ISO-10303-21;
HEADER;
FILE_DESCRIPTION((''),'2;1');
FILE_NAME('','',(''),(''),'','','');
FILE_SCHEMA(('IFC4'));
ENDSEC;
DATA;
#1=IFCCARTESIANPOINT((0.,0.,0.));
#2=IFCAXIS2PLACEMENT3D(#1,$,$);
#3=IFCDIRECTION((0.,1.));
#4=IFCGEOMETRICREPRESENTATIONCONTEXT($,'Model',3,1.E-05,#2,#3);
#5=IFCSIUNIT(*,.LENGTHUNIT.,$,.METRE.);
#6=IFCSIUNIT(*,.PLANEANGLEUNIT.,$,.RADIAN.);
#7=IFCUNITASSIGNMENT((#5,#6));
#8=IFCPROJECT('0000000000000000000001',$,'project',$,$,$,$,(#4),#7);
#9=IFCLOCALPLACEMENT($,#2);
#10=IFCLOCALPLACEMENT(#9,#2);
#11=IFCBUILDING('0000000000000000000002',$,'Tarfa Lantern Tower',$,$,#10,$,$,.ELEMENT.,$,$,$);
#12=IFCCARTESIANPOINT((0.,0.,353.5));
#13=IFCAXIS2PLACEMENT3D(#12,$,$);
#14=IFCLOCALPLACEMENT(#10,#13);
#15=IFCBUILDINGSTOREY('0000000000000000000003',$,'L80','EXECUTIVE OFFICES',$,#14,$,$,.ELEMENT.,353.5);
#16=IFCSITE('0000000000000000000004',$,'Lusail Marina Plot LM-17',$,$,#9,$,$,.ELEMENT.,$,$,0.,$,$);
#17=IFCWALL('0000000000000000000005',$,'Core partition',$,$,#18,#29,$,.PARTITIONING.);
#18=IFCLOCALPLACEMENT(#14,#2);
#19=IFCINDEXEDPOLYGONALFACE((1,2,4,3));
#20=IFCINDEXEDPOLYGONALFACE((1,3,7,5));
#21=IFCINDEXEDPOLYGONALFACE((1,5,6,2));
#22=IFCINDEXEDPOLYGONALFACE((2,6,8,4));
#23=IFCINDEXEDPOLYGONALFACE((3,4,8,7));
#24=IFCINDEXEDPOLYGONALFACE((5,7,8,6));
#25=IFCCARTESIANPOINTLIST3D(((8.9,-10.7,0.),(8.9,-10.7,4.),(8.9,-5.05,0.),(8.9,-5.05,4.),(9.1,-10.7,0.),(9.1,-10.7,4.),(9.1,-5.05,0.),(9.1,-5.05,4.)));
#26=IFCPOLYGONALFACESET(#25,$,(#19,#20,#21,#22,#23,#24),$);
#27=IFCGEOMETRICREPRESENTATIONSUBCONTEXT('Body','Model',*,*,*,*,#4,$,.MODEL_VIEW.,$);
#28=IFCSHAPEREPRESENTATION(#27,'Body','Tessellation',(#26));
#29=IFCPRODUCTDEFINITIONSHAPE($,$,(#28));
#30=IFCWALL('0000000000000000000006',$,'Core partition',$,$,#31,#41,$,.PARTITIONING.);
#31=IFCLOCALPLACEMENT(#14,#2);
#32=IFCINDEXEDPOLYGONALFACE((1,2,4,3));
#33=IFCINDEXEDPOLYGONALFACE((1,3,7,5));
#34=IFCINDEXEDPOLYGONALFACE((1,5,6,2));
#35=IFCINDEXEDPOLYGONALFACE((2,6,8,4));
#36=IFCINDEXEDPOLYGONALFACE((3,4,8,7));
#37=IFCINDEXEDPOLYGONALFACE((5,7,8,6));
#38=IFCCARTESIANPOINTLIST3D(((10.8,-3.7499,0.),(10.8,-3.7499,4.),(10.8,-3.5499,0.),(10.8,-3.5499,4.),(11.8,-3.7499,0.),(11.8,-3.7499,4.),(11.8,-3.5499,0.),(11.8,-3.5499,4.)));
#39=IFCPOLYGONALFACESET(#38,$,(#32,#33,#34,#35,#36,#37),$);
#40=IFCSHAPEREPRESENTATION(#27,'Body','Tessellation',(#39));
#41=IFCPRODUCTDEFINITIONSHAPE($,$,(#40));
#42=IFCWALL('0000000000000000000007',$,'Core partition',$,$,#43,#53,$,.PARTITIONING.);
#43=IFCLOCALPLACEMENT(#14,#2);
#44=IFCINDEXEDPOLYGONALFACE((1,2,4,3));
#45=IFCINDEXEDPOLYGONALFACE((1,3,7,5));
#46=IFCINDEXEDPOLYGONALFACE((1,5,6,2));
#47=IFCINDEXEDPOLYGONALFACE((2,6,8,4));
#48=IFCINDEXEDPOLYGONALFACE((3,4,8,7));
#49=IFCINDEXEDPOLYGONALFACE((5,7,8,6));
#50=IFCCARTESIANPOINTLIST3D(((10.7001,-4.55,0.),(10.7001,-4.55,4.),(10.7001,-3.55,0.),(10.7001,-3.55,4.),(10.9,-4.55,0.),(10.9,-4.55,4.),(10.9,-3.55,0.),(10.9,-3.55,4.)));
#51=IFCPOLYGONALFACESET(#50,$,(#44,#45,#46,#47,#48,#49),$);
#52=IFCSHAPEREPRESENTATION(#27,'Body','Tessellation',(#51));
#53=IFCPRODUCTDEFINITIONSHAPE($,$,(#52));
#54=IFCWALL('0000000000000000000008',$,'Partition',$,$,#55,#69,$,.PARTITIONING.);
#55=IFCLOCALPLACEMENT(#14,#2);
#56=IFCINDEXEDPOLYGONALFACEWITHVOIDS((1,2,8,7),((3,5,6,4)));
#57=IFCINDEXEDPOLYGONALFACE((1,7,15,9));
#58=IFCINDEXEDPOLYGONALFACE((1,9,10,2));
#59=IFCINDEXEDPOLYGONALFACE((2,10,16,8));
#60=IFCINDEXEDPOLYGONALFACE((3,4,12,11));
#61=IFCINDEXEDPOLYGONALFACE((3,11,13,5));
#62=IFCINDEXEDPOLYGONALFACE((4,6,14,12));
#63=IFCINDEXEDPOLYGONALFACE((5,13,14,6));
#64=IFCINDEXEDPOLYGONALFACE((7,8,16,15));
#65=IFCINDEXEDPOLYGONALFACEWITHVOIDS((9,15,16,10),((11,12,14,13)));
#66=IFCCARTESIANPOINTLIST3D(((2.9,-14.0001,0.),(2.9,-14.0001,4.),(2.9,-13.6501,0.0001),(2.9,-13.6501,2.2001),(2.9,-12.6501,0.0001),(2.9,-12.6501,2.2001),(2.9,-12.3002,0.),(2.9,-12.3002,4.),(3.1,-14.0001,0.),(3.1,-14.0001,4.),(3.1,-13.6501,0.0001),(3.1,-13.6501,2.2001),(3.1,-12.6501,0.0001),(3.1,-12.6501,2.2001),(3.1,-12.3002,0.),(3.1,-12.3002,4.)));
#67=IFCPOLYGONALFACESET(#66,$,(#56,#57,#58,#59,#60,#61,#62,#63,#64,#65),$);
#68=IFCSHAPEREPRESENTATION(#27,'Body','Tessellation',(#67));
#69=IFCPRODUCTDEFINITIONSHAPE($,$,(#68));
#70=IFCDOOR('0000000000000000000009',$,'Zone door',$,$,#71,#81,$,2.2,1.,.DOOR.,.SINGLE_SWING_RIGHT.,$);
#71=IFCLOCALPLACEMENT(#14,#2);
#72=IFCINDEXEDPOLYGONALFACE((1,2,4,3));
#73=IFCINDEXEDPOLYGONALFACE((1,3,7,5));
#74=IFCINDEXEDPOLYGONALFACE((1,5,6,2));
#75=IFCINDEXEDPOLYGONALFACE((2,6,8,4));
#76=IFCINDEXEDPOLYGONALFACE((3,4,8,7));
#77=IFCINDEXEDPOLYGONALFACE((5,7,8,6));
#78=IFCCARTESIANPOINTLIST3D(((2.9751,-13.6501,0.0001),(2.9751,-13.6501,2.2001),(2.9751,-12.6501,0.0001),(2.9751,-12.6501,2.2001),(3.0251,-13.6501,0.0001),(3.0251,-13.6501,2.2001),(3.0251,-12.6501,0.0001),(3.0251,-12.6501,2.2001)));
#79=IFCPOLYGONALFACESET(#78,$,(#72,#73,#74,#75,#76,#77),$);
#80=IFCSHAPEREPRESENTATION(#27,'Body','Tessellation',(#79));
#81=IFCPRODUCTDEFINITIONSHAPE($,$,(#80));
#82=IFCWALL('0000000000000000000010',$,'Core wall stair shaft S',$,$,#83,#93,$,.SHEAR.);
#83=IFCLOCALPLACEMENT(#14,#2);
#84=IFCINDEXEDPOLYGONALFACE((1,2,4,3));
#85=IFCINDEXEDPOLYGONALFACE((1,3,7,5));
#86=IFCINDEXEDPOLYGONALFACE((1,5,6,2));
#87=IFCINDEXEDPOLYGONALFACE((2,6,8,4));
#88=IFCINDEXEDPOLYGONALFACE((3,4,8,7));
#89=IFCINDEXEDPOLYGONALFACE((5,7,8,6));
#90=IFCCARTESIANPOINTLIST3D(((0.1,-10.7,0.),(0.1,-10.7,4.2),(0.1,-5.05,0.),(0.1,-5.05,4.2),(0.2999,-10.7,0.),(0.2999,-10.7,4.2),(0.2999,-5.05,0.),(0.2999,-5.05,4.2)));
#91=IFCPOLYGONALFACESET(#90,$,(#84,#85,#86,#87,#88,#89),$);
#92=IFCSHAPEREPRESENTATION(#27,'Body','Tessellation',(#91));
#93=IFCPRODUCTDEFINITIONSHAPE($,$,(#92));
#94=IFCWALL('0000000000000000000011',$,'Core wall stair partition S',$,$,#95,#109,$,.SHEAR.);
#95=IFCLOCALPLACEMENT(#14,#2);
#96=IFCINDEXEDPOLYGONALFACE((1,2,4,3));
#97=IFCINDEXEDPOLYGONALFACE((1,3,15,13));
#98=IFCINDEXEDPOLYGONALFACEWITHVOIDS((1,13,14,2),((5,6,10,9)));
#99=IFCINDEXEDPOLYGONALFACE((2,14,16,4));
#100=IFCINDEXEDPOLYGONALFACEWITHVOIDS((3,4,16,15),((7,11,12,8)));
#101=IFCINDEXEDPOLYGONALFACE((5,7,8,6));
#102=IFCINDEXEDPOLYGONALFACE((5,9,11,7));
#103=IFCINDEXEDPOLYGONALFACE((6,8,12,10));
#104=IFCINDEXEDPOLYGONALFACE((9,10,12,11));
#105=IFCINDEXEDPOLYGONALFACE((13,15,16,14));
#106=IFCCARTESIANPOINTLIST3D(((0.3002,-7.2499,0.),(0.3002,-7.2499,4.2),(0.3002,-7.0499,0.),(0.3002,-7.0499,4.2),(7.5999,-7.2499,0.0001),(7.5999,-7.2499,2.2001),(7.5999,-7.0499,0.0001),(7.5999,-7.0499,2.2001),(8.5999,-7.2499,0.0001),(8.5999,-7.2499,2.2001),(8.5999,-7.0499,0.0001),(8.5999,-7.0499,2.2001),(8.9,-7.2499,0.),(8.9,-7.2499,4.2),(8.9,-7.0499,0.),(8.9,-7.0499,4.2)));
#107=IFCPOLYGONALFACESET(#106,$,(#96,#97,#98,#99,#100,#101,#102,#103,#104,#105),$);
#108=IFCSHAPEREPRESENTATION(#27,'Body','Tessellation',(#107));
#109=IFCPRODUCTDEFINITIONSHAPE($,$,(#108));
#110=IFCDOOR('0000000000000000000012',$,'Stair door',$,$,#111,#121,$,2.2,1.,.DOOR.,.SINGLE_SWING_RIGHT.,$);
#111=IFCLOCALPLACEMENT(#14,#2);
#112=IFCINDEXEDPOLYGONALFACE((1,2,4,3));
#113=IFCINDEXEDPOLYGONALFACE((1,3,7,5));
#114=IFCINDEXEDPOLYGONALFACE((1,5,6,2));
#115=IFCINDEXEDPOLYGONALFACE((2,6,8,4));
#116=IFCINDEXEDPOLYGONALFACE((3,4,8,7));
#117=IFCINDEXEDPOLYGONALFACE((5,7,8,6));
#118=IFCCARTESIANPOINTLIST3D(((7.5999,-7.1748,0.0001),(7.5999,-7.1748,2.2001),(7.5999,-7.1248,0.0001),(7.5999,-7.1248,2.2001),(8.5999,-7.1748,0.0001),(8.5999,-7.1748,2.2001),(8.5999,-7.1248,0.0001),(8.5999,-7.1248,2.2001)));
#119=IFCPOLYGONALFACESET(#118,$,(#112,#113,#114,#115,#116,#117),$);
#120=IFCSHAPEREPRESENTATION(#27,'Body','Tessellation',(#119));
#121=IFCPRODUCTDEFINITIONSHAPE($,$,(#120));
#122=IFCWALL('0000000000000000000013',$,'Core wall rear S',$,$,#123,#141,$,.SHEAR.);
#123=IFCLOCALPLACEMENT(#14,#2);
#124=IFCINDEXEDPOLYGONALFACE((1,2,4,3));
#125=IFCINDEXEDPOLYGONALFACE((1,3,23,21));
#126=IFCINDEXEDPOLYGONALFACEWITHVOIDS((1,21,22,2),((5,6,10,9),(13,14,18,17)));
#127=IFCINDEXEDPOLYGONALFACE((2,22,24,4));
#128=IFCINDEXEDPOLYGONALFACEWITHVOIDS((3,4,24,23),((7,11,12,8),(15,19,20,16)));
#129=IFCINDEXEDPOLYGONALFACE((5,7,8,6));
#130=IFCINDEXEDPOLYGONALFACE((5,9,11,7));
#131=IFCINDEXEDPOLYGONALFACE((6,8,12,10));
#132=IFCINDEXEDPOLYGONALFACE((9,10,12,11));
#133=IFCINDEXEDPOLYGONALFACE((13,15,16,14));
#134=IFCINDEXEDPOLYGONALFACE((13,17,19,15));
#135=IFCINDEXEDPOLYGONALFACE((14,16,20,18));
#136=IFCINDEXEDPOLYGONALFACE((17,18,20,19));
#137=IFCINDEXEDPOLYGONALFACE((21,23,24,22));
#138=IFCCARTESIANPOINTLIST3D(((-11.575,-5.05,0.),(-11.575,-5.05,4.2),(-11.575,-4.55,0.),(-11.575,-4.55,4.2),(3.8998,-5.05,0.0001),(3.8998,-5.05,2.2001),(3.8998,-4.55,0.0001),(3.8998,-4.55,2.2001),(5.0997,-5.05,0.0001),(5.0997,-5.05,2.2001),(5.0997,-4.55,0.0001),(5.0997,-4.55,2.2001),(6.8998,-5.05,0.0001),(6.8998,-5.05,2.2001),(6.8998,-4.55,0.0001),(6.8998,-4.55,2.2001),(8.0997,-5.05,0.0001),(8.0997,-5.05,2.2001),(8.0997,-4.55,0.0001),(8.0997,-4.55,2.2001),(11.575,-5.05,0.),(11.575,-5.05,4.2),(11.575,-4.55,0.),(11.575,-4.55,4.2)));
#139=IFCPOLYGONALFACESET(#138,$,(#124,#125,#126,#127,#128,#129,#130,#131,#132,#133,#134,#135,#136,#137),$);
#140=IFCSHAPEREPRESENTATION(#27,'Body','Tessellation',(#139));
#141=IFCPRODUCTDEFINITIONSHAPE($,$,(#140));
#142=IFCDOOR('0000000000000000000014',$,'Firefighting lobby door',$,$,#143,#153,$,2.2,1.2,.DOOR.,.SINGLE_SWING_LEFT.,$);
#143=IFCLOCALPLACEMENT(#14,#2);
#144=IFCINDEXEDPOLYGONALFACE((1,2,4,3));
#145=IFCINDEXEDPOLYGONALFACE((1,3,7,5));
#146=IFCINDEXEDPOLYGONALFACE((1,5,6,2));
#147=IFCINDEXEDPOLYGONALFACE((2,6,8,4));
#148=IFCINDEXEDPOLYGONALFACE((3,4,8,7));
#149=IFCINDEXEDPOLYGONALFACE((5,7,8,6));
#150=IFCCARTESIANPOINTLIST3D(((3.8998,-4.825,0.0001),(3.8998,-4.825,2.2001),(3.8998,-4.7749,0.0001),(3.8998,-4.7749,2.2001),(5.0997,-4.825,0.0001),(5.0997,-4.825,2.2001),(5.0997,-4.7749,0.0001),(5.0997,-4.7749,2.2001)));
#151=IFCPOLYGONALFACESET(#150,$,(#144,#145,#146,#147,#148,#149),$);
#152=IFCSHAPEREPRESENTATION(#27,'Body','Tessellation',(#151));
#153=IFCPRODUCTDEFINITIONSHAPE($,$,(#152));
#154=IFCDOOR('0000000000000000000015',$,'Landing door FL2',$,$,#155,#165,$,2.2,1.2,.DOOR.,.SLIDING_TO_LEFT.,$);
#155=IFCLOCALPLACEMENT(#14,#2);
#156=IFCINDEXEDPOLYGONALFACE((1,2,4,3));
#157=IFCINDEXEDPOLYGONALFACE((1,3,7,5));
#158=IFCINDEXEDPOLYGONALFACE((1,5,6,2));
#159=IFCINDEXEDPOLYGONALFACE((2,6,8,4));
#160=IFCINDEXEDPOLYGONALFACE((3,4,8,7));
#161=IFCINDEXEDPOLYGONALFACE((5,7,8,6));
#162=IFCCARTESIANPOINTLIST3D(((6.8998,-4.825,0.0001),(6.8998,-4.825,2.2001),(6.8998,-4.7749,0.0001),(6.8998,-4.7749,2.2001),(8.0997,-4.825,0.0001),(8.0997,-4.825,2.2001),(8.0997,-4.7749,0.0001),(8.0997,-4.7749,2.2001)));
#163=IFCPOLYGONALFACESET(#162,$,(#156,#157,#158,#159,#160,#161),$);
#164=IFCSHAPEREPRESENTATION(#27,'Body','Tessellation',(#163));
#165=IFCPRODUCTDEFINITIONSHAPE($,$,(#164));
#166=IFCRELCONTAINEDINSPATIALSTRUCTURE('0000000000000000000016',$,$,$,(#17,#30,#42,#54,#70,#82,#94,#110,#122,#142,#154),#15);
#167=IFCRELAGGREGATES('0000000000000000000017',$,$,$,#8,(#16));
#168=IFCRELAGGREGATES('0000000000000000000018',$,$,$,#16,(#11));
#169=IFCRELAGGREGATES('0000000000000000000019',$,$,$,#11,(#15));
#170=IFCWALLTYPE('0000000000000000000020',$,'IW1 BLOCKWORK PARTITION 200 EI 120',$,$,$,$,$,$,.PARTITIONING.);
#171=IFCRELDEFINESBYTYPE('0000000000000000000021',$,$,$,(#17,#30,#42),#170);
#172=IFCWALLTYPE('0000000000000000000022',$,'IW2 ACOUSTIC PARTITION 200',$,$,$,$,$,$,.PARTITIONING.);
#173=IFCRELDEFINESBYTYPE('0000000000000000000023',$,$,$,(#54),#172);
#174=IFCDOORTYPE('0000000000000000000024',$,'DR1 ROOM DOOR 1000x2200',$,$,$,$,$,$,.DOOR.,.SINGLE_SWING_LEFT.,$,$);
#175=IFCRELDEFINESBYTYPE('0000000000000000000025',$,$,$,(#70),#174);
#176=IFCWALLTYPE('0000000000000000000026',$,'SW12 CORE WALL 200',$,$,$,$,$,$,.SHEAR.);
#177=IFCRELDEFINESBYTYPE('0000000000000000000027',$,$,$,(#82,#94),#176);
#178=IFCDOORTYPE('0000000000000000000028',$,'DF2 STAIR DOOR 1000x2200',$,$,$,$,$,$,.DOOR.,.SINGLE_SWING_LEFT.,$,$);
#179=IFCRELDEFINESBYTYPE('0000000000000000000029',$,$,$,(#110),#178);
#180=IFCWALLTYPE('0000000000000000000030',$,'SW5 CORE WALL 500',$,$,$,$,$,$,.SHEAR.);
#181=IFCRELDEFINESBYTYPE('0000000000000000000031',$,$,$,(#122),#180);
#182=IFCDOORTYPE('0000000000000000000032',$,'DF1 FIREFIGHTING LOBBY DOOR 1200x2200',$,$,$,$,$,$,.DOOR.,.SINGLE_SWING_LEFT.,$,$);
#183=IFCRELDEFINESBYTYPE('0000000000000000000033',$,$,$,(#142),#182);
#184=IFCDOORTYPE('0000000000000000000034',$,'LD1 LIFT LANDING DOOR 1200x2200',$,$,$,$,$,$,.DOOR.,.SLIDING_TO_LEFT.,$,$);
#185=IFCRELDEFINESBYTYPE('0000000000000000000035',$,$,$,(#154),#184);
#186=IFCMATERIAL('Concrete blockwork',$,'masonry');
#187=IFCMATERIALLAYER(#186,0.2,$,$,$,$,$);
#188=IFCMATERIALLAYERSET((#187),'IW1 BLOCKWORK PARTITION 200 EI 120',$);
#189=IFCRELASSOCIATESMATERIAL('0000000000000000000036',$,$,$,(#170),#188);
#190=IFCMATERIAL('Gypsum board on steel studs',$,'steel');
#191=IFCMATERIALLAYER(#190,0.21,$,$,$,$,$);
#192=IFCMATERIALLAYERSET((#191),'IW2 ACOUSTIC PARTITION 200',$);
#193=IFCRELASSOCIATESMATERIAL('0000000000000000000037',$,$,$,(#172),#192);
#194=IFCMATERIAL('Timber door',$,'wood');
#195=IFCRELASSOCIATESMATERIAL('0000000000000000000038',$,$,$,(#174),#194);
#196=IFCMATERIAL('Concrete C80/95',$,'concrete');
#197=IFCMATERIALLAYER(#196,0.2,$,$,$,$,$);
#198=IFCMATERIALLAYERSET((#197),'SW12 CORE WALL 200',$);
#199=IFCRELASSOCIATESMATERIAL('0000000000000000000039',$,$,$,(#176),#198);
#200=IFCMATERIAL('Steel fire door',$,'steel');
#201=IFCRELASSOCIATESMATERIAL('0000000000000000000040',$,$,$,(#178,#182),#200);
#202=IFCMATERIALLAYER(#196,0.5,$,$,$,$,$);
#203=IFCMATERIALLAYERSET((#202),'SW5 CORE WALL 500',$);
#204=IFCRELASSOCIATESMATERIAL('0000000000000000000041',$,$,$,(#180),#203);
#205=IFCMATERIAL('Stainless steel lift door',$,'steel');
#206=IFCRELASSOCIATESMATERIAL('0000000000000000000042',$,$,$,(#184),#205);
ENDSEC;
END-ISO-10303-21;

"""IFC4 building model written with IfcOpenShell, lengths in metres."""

from ifc_helpers import new_model, si_unit, direction, frame, frame_2d, origin, place, context, subcontext, project, spatial, rectangle, extrude, material, layer, layer_set, type_object, element, fill, save


model = new_model("IFC4")

# Units and contexts
model_context = context("Model", 3, precision=1e-05, world=origin(), true_north=direction((0.0, 1.0)))
body_context = subcontext(model_context, "Body", "Model", "MODEL_VIEW")
ifc_project = project(units=[si_unit("LENGTHUNIT", "METRE"), si_unit("PLANEANGLEUNIT", "RADIAN")], contexts=[model_context])

# Site, building, storey
site_placement = place(None, origin())
site = spatial("IfcSite", under=ifc_project, at=site_placement, Name="Lusail Marina Plot LM-17", CompositionType="ELEMENT", RefElevation=0.0)
building_placement = place(site_placement, origin())
building = spatial("IfcBuilding", under=site, at=building_placement, Name="Tarfa Lantern Tower", CompositionType="ELEMENT")
storey_placement = place(building_placement, frame((0.0, 0.0, 353.5)))
storey = spatial("IfcBuildingStorey", under=building, at=storey_placement, Name="L80", Description="EXECUTIVE OFFICES", CompositionType="ELEMENT", Elevation=353.5)

# Walls
ifc_material_1 = material(Name="Concrete blockwork", Category="masonry")
ifc_layer_1 = layer(ifc_material_1, 0.2)
ifc_layer_set_1 = layer_set([ifc_layer_1], Name="IW1 BLOCKWORK PARTITION 200 EI 120")
wall_type_1 = type_object("IfcWallType", Name="IW1 BLOCKWORK PARTITION 200 EI 120", PredefinedType="PARTITIONING", material=ifc_layer_set_1)
wall_1_placement = place(storey_placement, frame((9.0, -5.05, 0.0), z_axis=(0.0, 0.0, 1.0), x_axis=(0.0, -1.0, 0.0)))
element("IfcWall", 1, at=wall_1_placement, inside=storey, type_object=wall_type_1, Name="Core partition", PredefinedType="PARTITIONING", context=body_context, shape_type="SweptSolid", body=[
    extrude(rectangle(XDim=5.6499, YDim=0.2, at=frame_2d((2.825, 0.0))), origin(), (0.0, 0.0, 1.0), 4.0),
])
for number, where, z_axis, x_axis, name in (
    (2, (11.8, -3.6499, 0.0), (0.0, 0.0, 1.0), (-1.0, 0.0, 0.0), "Core partition"),
    (3, (10.8, -3.55, 0.0), (0.0, 0.0, 1.0), (0.0, -1.0, 0.0), "Core partition"),
):
    element("IfcWall", number, at=place(storey_placement, frame(where, z_axis=z_axis, x_axis=x_axis)), inside=storey, type_object=wall_type_1, Name=name, PredefinedType="PARTITIONING", context=body_context, shape_type="SweptSolid", body=[
        extrude(rectangle(XDim=1.0, YDim=0.2, at=frame_2d((0.5, 0.0))), origin(), (0.0, 0.0, 1.0), 4.0),
    ])

# Wall, opening, door
ifc_material_2 = material(Name="Gypsum board on steel studs", Category="steel")
ifc_layer_2 = layer(ifc_material_2, 0.21)
ifc_layer_set_2 = layer_set([ifc_layer_2], Name="IW2 ACOUSTIC PARTITION 200")
wall_type_2 = type_object("IfcWallType", Name="IW2 ACOUSTIC PARTITION 200", PredefinedType="PARTITIONING", material=ifc_layer_set_2)
wall_2_placement = place(storey_placement, frame((3.0, -12.3, 0.0), z_axis=(0.0, 0.0, 1.0), x_axis=(0.0, -1.0, 0.0)))
wall_2 = element("IfcWall", 4, at=wall_2_placement, inside=storey, type_object=wall_type_2, Name="Partition", PredefinedType="PARTITIONING", context=body_context, shape_type="SweptSolid", body=[
    extrude(rectangle(XDim=1.7, YDim=0.2, at=frame_2d((0.8501, 0.0))), origin(), (0.0, 0.0, 1.0), 4.0),
])
opening_1_placement = place(wall_2_placement, frame((0.3501, 0.0, 0.0)))
opening_1 = element("IfcOpeningElement", 5, at=opening_1_placement, cuts=wall_2, PredefinedType="OPENING", context=body_context, shape_type="SweptSolid", body=[
    extrude(rectangle(XDim=1.0, YDim=2.2, at=frame_2d((0.5, 1.1001))), frame((0.0, 0.1099, 0.0), z_axis=(0.0, -1.0, 0.0), x_axis=(1.0, 0.0, 0.0)), (0.0, 0.0, 1.0), 0.22),
])
ifc_material_3 = material(Name="Timber door", Category="wood")
door_type_1 = type_object("IfcDoorType", Name="DR1 ROOM DOOR 1000x2200", OperationType="SINGLE_SWING_LEFT", PredefinedType="DOOR", material=ifc_material_3)
door_1_placement = place(opening_1_placement, frame((1.0, 0.0, 0.0), z_axis=(0.0, 0.0, 1.0), x_axis=(-1.0, 0.0, 0.0)))
door_1 = element("IfcDoor", 6, at=door_1_placement, inside=storey, type_object=door_type_1, Name="Zone door", OperationType="SINGLE_SWING_RIGHT", OverallHeight=2.2, OverallWidth=1.0, PredefinedType="DOOR", context=body_context, shape_type="SweptSolid", body=[
    extrude(rectangle(XDim=1.0, YDim=2.2, at=frame_2d((0.5, 1.1001))), frame((0.0, 0.0249, 0.0), z_axis=(0.0, -1.0, 0.0), x_axis=(1.0, 0.0, 0.0)), (0.0, 0.0, 1.0), 0.05),
])
fill(opening_1, door_1)

# Wall
ifc_material_4 = material(Name="Concrete C80/95", Category="concrete")
ifc_layer_3 = layer(ifc_material_4, 0.2)
ifc_layer_set_3 = layer_set([ifc_layer_3], Name="SW12 CORE WALL 200")
wall_type_3 = type_object("IfcWallType", Name="SW12 CORE WALL 200", PredefinedType="SHEAR", material=ifc_layer_set_3)
wall_3_placement = place(storey_placement, frame((0.2, -5.05, 0.0), z_axis=(0.0, 0.0, 1.0), x_axis=(0.0, -1.0, 0.0)))
element("IfcWall", 7, at=wall_3_placement, inside=storey, type_object=wall_type_3, Name="Core wall stair shaft S", PredefinedType="SHEAR", context=body_context, shape_type="SweptSolid", body=[
    extrude(rectangle(XDim=5.6499, YDim=0.2, at=frame_2d((2.825, 0.0))), origin(), (0.0, 0.0, 1.0), 4.2),
])

# Wall, opening, door
wall_4_placement = place(storey_placement, frame((8.8999, -7.1499, 0.0), z_axis=(0.0, 0.0, 1.0), x_axis=(-1.0, 0.0, 0.0)))
wall_4 = element("IfcWall", 8, at=wall_4_placement, inside=storey, type_object=wall_type_3, Name="Core wall stair partition S", PredefinedType="SHEAR", context=body_context, shape_type="SweptSolid", body=[
    extrude(rectangle(XDim=8.5999, YDim=0.2, at=frame_2d((4.2998, 0.0))), origin(), (0.0, 0.0, 1.0), 4.2),
])
opening_2_placement = place(wall_4_placement, frame((0.3, 0.0, 0.0)))
opening_2 = element("IfcOpeningElement", 9, at=opening_2_placement, cuts=wall_4, PredefinedType="OPENING", context=body_context, shape_type="SweptSolid", body=[
    extrude(rectangle(XDim=1.0, YDim=2.2, at=frame_2d((0.5, 1.1001))), frame((0.0, 0.1099, 0.0), z_axis=(0.0, -1.0, 0.0), x_axis=(1.0, 0.0, 0.0)), (0.0, 0.0, 1.0), 0.22),
])
ifc_material_5 = material(Name="Steel fire door", Category="steel")
door_type_2 = type_object("IfcDoorType", Name="DF2 STAIR DOOR 1000x2200", OperationType="SINGLE_SWING_LEFT", PredefinedType="DOOR", material=ifc_material_5)
door_2_placement = place(opening_2_placement, origin())
door_2 = element("IfcDoor", 10, at=door_2_placement, inside=storey, type_object=door_type_2, Name="Stair door", OperationType="SINGLE_SWING_RIGHT", OverallHeight=2.2, OverallWidth=1.0, PredefinedType="DOOR", context=body_context, shape_type="SweptSolid", body=[
    extrude(rectangle(XDim=1.0, YDim=2.2, at=frame_2d((0.5, 1.1001))), frame((0.0, 0.0249, 0.0), z_axis=(0.0, -1.0, 0.0), x_axis=(1.0, 0.0, 0.0)), (0.0, 0.0, 1.0), 0.05),
])
fill(opening_2, door_2)

# Wall, openings, doors
ifc_layer_4 = layer(ifc_material_4, 0.5)
ifc_layer_set_4 = layer_set([ifc_layer_4], Name="SW5 CORE WALL 500")
wall_type_4 = type_object("IfcWallType", Name="SW5 CORE WALL 500", PredefinedType="SHEAR", material=ifc_layer_set_4)
wall_5_placement = place(storey_placement, frame((11.575, -4.8, 0.0), z_axis=(0.0, 0.0, 1.0), x_axis=(-1.0, 0.0, 0.0)))
wall_5 = element("IfcWall", 11, at=wall_5_placement, inside=storey, type_object=wall_type_4, Name="Core wall rear S", PredefinedType="SHEAR", context=body_context, shape_type="SweptSolid", body=[
    extrude(rectangle(XDim=23.1499, YDim=0.5, at=frame_2d((11.575, 0.0))), origin(), (0.0, 0.0, 1.0), 4.2),
])
opening_3_placement = place(wall_5_placement, frame((6.4751, 0.0, 0.0)))
opening_3 = element("IfcOpeningElement", 12, at=opening_3_placement, cuts=wall_5, PredefinedType="OPENING", context=body_context, shape_type="SweptSolid", body=[
    extrude(rectangle(XDim=1.2, YDim=2.2, at=frame_2d((0.6001, 1.1001))), frame((0.0, 0.26, 0.0), z_axis=(0.0, -1.0, 0.0), x_axis=(1.0, 0.0, 0.0)), (0.0, 0.0, 1.0), 0.52),
])
opening_4_placement = place(wall_5_placement, frame((3.4751, 0.0, 0.0)))
opening_4 = element("IfcOpeningElement", 13, at=opening_4_placement, cuts=wall_5, PredefinedType="OPENING", context=body_context, shape_type="SweptSolid", body=[
    extrude(rectangle(XDim=1.2, YDim=2.2, at=frame_2d((0.6001, 1.1001))), frame((0.0, 0.26, 0.0), z_axis=(0.0, -1.0, 0.0), x_axis=(1.0, 0.0, 0.0)), (0.0, 0.0, 1.0), 0.52),
])
door_type_3 = type_object("IfcDoorType", Name="DF1 FIREFIGHTING LOBBY DOOR 1200x2200", OperationType="SINGLE_SWING_LEFT", PredefinedType="DOOR", material=ifc_material_5)
door_3_placement = place(opening_3_placement, origin())
door_3 = element("IfcDoor", 14, at=door_3_placement, inside=storey, type_object=door_type_3, Name="Firefighting lobby door", OperationType="SINGLE_SWING_LEFT", OverallHeight=2.2, OverallWidth=1.2, PredefinedType="DOOR", context=body_context, shape_type="SweptSolid", body=[
    extrude(rectangle(XDim=1.2, YDim=2.2, at=frame_2d((0.6001, 1.1001))), frame((0.0, 0.0249, 0.0), z_axis=(0.0, -1.0, 0.0), x_axis=(1.0, 0.0, 0.0)), (0.0, 0.0, 1.0), 0.05),
])
fill(opening_3, door_3)
ifc_material_6 = material(Name="Stainless steel lift door", Category="steel")
door_type_4 = type_object("IfcDoorType", Name="LD1 LIFT LANDING DOOR 1200x2200", OperationType="SLIDING_TO_LEFT", PredefinedType="DOOR", material=ifc_material_6)
door_4_placement = place(opening_4_placement, origin())
door_4 = element("IfcDoor", 15, at=door_4_placement, inside=storey, type_object=door_type_4, Name="Landing door FL2", OperationType="SLIDING_TO_LEFT", OverallHeight=2.2, OverallWidth=1.2, PredefinedType="DOOR", context=body_context, shape_type="SweptSolid", body=[
    extrude(rectangle(XDim=1.2, YDim=2.2, at=frame_2d((0.6001, 1.1001))), frame((0.0, 0.0249, 0.0), z_axis=(0.0, -1.0, 0.0), x_axis=(1.0, 0.0, 0.0)), (0.0, 0.0, 1.0), 0.05),
])
fill(opening_4, door_4)

save(model, "model.ifc")
